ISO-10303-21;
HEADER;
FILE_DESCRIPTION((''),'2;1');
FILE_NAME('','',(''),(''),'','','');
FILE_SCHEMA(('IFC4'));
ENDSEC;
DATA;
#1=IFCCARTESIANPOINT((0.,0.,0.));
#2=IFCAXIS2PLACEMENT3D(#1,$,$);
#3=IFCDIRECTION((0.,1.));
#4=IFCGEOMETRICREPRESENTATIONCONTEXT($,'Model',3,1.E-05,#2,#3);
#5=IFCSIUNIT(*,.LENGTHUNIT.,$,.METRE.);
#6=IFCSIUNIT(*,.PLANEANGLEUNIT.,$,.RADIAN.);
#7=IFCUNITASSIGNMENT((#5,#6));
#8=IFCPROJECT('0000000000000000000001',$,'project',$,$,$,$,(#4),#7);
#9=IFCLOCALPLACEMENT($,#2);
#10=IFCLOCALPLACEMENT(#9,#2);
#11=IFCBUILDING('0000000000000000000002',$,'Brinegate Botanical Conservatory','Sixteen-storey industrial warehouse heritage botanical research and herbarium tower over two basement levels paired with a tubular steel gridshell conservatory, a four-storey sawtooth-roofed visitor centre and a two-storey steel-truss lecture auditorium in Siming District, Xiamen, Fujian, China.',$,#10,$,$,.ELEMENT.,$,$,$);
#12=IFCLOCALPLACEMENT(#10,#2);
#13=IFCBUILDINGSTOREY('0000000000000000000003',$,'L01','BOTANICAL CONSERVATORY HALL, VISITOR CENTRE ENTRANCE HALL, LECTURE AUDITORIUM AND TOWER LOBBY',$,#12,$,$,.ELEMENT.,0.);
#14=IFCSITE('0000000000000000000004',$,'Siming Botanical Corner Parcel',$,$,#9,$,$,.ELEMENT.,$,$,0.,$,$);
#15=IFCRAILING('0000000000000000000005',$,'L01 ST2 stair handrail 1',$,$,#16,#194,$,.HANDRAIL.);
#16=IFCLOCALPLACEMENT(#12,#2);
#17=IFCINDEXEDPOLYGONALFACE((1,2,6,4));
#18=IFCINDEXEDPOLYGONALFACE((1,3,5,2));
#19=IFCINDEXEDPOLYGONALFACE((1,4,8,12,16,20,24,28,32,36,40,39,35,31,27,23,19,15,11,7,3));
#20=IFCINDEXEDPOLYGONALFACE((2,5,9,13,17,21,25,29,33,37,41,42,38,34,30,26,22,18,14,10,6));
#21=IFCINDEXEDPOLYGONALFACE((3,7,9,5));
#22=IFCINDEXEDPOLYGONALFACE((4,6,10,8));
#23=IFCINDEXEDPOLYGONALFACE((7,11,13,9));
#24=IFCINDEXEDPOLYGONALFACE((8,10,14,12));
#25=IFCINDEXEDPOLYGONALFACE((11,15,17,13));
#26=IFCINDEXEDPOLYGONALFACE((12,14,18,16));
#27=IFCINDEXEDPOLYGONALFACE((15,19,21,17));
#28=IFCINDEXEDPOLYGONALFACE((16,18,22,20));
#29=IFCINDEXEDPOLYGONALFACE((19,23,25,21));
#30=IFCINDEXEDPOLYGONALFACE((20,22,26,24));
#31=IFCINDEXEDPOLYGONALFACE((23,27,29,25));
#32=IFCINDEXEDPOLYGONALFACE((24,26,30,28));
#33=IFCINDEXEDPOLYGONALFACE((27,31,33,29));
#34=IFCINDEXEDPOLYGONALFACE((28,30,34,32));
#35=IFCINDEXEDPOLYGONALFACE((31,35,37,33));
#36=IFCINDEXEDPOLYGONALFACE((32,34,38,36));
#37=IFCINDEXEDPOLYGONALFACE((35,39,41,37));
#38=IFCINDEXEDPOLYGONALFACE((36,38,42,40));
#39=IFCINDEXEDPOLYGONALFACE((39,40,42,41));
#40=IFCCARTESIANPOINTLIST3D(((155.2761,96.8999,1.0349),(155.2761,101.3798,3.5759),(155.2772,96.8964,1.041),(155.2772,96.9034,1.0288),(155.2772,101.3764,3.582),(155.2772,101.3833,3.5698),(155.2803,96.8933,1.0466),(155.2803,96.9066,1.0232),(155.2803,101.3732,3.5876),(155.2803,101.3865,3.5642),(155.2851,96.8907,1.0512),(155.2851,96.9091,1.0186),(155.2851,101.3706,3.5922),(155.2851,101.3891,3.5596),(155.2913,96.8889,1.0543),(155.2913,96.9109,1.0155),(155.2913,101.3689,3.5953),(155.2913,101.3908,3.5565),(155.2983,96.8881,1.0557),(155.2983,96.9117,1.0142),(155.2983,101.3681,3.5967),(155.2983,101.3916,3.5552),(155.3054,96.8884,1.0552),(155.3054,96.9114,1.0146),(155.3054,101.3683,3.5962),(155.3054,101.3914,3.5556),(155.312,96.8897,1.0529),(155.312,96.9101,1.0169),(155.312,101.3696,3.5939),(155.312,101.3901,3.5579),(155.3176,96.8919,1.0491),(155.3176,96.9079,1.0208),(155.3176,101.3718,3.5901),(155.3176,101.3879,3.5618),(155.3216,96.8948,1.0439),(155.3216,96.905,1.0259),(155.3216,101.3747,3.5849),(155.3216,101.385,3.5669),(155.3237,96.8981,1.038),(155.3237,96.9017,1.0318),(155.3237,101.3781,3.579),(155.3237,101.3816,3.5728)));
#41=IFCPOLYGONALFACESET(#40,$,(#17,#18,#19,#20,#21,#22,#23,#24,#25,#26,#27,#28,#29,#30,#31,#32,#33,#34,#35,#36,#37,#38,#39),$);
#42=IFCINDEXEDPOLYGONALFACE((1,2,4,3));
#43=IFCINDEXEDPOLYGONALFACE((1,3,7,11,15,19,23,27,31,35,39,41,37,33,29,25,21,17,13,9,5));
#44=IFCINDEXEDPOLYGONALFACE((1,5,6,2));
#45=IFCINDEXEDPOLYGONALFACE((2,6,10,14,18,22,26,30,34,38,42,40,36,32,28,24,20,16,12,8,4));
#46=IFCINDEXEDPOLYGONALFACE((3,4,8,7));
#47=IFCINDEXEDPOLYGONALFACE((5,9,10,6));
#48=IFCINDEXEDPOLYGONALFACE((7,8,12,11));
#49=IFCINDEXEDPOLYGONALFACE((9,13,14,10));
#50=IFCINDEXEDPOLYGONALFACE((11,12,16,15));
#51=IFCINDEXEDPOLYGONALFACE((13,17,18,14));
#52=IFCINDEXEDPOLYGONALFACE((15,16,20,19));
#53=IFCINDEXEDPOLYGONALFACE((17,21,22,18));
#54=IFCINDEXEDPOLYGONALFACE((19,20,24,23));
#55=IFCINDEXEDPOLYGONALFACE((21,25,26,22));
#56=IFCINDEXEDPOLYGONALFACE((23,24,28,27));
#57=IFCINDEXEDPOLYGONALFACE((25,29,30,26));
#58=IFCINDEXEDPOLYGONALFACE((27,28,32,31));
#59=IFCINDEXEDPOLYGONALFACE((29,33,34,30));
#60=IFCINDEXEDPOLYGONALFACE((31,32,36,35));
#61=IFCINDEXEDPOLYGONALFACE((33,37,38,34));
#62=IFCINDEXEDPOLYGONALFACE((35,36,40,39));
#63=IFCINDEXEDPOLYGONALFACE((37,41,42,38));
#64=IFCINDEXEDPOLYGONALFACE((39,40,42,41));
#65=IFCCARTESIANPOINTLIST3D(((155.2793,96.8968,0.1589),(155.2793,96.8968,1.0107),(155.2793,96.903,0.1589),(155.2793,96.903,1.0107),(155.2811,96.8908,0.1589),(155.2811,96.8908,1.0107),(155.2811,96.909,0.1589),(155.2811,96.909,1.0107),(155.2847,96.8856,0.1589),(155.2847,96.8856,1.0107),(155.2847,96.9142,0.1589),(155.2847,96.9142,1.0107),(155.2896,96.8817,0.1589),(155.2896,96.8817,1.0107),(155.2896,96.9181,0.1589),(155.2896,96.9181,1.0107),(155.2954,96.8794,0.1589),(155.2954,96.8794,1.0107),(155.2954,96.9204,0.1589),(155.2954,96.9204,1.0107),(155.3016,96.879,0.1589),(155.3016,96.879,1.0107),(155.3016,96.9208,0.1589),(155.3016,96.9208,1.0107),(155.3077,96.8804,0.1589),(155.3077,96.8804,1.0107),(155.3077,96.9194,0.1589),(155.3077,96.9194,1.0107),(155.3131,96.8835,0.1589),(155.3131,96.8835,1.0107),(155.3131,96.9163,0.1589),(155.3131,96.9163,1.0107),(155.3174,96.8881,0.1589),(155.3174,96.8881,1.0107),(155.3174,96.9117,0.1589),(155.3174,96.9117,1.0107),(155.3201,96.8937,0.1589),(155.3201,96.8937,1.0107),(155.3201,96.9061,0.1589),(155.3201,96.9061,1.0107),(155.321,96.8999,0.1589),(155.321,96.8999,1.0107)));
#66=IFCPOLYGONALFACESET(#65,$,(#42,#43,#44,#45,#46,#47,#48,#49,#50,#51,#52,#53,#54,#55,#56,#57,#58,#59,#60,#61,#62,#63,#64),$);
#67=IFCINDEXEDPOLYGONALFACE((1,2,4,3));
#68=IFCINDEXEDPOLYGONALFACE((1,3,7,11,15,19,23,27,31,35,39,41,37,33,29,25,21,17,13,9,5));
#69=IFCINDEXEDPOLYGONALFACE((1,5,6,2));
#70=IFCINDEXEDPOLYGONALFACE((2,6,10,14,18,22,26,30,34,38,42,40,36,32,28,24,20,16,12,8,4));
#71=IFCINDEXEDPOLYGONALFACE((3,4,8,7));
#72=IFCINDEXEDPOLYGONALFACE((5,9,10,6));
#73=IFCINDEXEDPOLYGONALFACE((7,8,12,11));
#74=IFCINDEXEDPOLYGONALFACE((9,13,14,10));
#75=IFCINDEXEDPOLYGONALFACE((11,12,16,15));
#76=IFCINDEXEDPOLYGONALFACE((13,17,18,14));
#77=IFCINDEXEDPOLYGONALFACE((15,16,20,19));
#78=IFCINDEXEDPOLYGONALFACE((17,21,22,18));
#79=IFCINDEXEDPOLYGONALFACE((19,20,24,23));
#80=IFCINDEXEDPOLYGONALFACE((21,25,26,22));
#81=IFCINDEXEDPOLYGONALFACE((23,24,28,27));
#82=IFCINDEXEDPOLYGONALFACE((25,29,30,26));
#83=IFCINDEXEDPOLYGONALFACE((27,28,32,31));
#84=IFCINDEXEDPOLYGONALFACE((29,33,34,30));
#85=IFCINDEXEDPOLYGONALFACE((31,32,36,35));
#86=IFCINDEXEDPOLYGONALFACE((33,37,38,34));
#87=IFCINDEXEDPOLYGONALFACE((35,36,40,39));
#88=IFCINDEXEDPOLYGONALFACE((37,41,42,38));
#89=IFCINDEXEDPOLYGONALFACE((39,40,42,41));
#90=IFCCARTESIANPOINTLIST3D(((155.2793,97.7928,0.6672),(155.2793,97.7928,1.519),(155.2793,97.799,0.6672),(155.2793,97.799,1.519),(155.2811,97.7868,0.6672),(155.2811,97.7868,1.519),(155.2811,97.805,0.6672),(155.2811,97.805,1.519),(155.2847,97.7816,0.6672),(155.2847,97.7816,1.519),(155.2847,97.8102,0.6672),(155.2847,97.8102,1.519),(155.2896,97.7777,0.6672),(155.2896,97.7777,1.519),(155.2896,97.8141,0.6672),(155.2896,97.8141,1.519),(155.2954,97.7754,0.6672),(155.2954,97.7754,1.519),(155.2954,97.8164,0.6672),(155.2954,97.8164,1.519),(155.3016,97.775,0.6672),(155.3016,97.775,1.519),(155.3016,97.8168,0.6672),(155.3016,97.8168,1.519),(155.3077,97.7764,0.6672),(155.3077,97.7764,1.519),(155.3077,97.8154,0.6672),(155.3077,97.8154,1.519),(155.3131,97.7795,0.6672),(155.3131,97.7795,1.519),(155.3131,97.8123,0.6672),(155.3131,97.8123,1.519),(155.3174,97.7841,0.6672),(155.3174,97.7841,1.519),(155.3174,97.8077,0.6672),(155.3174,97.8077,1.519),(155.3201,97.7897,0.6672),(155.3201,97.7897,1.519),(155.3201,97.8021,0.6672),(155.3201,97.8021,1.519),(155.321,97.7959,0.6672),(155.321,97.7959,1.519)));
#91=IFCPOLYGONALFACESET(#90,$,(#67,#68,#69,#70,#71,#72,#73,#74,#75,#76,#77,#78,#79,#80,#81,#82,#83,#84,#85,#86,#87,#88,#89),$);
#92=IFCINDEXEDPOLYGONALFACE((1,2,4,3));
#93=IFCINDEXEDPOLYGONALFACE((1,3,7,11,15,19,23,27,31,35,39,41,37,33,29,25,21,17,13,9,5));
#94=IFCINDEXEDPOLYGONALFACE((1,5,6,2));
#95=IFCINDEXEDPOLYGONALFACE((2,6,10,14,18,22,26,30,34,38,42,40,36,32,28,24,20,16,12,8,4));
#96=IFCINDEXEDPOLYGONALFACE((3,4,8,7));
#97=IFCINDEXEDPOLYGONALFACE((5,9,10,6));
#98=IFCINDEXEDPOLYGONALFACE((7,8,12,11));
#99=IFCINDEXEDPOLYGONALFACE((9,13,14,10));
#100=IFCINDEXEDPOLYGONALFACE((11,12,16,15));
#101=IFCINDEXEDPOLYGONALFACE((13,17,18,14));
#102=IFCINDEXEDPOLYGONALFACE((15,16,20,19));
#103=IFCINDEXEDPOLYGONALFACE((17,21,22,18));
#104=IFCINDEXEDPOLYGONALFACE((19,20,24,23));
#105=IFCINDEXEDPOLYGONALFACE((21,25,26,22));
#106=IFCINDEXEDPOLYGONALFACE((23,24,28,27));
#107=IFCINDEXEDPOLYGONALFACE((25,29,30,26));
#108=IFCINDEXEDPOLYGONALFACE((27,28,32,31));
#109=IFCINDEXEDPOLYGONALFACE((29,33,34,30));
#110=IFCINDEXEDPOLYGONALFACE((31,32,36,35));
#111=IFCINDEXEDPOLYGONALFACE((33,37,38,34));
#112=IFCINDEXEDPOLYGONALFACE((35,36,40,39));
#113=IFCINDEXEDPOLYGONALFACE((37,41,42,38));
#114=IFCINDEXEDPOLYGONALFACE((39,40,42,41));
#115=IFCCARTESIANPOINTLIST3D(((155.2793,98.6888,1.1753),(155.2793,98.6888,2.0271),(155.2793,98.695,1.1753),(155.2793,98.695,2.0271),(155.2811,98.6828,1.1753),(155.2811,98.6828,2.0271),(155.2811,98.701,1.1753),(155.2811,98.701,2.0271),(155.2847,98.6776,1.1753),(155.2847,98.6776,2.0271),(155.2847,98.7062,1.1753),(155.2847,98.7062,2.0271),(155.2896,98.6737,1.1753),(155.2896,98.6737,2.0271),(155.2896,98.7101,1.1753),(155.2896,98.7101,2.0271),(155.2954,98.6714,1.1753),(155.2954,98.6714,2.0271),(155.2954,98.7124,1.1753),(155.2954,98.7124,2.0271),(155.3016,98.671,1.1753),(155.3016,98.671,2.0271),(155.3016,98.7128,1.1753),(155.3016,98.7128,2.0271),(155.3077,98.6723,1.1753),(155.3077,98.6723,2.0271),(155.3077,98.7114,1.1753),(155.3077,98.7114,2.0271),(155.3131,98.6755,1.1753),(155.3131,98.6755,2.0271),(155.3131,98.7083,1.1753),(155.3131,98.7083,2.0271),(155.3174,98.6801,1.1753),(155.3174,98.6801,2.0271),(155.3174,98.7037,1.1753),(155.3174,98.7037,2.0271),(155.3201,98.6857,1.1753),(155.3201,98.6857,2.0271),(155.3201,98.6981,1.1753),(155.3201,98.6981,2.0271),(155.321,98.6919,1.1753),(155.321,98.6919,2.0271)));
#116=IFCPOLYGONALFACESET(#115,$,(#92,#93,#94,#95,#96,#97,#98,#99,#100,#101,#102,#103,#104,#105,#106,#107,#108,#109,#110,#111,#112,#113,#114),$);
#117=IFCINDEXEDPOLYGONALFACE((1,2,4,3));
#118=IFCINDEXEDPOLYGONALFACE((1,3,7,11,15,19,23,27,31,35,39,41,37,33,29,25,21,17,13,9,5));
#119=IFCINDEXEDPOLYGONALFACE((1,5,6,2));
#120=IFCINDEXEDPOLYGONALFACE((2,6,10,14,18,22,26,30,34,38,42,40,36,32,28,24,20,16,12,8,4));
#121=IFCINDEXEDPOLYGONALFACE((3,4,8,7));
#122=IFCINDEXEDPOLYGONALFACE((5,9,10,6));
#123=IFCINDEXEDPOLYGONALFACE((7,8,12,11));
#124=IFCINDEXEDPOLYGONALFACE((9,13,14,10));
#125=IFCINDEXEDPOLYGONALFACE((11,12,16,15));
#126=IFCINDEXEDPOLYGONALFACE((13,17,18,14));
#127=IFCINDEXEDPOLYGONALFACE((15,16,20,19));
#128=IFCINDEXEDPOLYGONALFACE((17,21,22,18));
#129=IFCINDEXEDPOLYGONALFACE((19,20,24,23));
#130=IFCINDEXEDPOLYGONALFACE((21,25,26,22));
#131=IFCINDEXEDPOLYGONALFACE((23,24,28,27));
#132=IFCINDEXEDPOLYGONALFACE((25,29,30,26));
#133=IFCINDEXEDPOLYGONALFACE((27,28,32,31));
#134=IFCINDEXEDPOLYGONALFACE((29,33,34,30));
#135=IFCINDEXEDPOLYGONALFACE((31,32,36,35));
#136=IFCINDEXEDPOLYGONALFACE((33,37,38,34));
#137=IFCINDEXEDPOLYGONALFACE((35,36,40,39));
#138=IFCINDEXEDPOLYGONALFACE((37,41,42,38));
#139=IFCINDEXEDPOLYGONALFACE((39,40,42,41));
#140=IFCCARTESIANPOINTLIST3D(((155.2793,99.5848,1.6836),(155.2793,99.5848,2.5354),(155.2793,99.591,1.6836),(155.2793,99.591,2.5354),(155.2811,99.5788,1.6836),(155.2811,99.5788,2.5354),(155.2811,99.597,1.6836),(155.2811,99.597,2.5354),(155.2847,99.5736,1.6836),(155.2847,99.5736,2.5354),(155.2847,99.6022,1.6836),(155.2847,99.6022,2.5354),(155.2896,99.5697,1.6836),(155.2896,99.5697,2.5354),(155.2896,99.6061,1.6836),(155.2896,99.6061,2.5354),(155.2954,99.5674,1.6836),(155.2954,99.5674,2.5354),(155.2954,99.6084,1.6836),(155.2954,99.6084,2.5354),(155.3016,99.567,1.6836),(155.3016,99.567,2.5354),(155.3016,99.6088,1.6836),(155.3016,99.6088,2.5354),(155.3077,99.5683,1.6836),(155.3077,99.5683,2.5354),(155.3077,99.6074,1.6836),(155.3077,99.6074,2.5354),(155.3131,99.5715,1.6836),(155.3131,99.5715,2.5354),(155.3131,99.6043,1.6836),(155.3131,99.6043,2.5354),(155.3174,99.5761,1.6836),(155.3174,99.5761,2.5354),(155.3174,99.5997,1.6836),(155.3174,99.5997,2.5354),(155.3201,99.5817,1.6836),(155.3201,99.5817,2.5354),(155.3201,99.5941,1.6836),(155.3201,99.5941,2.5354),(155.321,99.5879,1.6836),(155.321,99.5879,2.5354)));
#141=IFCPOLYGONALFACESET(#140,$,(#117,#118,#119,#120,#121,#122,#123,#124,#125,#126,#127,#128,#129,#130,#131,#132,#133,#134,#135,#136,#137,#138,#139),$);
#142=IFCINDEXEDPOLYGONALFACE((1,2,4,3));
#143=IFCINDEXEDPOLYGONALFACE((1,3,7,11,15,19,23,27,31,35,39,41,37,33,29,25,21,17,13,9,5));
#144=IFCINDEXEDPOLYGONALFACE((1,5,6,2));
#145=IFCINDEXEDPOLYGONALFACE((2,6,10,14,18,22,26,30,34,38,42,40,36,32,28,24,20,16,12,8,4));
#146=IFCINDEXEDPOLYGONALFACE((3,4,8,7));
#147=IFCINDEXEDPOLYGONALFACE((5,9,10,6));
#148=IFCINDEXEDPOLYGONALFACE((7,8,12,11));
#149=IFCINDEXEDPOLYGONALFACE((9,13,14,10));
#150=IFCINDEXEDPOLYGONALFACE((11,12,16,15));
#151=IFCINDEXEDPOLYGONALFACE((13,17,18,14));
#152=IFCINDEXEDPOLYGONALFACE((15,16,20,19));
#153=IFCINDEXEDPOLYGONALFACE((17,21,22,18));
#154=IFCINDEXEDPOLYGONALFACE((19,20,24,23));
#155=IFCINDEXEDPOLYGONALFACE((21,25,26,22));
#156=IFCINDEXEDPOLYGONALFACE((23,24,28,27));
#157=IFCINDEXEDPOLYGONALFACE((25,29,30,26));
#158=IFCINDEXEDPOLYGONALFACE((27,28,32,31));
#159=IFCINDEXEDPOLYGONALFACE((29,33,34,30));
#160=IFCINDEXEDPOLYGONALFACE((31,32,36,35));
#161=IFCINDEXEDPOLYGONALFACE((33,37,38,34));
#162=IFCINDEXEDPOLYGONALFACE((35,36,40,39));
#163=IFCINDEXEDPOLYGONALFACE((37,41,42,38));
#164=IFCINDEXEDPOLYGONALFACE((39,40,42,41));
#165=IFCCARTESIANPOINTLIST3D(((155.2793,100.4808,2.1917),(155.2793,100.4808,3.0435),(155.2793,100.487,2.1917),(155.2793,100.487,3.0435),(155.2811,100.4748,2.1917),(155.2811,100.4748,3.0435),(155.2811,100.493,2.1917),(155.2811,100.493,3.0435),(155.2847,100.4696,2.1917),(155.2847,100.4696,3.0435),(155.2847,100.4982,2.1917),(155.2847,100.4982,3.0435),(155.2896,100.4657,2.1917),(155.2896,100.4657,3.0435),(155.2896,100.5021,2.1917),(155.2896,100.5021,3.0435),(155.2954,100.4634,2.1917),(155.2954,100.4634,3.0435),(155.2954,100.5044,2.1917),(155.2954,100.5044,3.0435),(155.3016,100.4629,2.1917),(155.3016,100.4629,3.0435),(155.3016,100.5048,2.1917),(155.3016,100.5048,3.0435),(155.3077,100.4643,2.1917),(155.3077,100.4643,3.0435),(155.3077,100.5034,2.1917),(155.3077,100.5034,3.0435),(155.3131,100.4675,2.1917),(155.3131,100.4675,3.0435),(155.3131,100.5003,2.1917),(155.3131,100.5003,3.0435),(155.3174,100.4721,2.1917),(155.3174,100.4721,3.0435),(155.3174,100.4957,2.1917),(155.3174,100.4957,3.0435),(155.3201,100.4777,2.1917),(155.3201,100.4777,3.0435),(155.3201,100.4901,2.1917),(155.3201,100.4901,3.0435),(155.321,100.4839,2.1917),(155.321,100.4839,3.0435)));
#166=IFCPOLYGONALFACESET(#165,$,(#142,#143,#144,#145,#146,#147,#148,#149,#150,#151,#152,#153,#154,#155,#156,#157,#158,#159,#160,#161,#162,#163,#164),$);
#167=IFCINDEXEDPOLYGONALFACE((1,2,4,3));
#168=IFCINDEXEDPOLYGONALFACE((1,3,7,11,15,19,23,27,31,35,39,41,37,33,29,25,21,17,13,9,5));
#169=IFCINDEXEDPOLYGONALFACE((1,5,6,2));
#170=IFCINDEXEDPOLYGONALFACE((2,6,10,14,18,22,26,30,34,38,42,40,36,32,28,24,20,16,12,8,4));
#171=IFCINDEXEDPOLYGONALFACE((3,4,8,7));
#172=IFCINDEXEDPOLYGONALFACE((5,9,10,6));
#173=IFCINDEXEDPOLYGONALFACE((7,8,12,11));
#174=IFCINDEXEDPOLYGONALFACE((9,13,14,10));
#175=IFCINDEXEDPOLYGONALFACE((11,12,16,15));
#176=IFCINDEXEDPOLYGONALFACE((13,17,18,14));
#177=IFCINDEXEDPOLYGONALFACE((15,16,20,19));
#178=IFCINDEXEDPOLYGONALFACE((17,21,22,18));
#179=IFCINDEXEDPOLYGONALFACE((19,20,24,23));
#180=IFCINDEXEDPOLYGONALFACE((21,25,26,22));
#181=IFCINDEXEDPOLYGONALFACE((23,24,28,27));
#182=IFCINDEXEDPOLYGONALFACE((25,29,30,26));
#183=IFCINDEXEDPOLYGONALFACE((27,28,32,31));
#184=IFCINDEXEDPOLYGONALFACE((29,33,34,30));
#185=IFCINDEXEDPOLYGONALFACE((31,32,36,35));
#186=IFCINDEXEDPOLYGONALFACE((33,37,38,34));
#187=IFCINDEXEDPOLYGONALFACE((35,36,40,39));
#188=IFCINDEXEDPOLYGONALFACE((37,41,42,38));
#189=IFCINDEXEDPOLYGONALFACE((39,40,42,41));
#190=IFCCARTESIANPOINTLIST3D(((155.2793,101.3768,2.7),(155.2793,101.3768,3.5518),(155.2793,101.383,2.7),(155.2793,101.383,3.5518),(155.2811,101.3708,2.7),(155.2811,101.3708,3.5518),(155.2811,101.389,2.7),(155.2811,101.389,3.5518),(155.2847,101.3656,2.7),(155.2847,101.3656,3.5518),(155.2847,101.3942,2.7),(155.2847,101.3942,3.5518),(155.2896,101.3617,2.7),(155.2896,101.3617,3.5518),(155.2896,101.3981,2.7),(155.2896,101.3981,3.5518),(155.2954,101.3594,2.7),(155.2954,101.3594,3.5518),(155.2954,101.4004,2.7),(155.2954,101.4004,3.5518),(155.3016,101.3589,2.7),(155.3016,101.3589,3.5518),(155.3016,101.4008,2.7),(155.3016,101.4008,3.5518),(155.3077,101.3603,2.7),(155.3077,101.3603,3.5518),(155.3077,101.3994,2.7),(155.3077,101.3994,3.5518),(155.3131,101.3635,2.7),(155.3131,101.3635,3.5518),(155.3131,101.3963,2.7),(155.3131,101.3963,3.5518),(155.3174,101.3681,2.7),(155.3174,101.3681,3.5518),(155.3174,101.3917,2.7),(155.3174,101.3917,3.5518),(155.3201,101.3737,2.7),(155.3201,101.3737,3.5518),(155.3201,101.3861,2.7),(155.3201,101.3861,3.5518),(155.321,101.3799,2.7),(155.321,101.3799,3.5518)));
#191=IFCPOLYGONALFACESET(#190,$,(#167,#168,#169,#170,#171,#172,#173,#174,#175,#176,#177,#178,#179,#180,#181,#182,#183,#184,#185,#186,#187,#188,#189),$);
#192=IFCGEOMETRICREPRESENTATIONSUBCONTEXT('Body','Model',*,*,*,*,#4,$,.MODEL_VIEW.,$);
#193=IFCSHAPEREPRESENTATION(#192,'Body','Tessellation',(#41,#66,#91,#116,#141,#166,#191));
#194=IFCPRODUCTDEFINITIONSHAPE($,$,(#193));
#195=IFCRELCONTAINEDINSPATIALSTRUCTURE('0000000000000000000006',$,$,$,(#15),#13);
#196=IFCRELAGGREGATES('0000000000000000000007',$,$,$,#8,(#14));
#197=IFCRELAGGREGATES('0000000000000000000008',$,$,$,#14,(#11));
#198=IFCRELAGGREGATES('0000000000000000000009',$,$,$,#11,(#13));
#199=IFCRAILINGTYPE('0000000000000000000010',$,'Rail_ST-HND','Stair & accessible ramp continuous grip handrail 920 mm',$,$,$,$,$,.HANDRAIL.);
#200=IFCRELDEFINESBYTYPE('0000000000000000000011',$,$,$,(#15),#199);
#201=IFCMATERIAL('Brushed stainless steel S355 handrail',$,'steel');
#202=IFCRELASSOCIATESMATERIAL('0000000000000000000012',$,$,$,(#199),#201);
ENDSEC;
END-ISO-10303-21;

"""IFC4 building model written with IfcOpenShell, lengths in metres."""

from ifc_helpers import new_model, si_unit, direction, frame, origin, origin_2d, place, context, subcontext, project, spatial, circle, extrude, material, type_object, element, save


model = new_model("IFC4")

# Units and contexts
model_context = context("Model", 3, precision=1e-05, world=origin(), true_north=direction((0.0, 1.0)))
body_context = subcontext(model_context, "Body", "Model", "MODEL_VIEW")
ifc_project = project(units=[si_unit("LENGTHUNIT", "METRE"), si_unit("PLANEANGLEUNIT", "RADIAN")], contexts=[model_context])

# Site, building, storey
site_placement = place(None, origin())
site = spatial("IfcSite", under=ifc_project, at=site_placement, Name="Siming Botanical Corner Parcel", CompositionType="ELEMENT", RefElevation=0.0)
building_placement = place(site_placement, origin())
building = spatial("IfcBuilding", under=site, at=building_placement, Name="Brinegate Botanical Conservatory", Description="Sixteen-storey industrial warehouse heritage botanical research and herbarium tower over two basement levels paired with a tubular steel gridshell conservatory, a four-storey sawtooth-roofed visitor centre and a two-storey steel-truss lecture auditorium in Siming District, Xiamen, Fujian, China.", CompositionType="ELEMENT")
storey_placement = place(building_placement, origin())
storey = spatial("IfcBuildingStorey", under=building, at=storey_placement, Name="L01", Description="BOTANICAL CONSERVATORY HALL, VISITOR CENTRE ENTRANCE HALL, LECTURE AUDITORIUM AND TOWER LOBBY", CompositionType="ELEMENT", Elevation=0.0)

# Railing
ifc_material_1 = material(Name="Brushed stainless steel S355 handrail", Category="steel")
railing_type_1 = type_object("IfcRailingType", Name="Rail_ST-HND", Description="Stair & accessible ramp continuous grip handrail 920 mm", PredefinedType="HANDRAIL", material=ifc_material_1)
railing_1_placement = place(storey_placement, frame((155.3, 96.8999, 0.1589)))
element("IfcRailing", 1, at=railing_1_placement, inside=storey, type_object=railing_type_1, Name="L01 ST2 stair handrail 1", PredefinedType="HANDRAIL", context=body_context, shape_type="SweptSolid", body=[
    extrude(circle(Radius=0.0239, at=origin_2d()), frame((0.0, 0.0, 0.876), z_axis=(0.0, 0.869826, 0.493359), x_axis=(-1.0, 0.0, 0.0)), (0.0, 0.0, 1.0), 5.1504),
    extrude(circle(Radius=0.021, at=origin_2d()), origin(), (0.0, 0.0, 1.0), 0.8518),
    extrude(circle(Radius=0.021, at=origin_2d()), frame((0.0, 0.896, 0.5083)), (0.0, 0.0, 1.0), 0.8518),
    extrude(circle(Radius=0.021, at=origin_2d()), frame((0.0, 1.792, 1.0164)), (0.0, 0.0, 1.0), 0.8518),
    extrude(circle(Radius=0.021, at=origin_2d()), frame((0.0, 2.688, 1.5247)), (0.0, 0.0, 1.0), 0.8518),
    extrude(circle(Radius=0.021, at=origin_2d()), frame((0.0, 3.584, 2.0327)), (0.0, 0.0, 1.0), 0.8518),
    extrude(circle(Radius=0.021, at=origin_2d()), frame((0.0, 4.48, 2.541)), (0.0, 0.0, 1.0), 0.8518),
])

save(model, "model.ifc")
